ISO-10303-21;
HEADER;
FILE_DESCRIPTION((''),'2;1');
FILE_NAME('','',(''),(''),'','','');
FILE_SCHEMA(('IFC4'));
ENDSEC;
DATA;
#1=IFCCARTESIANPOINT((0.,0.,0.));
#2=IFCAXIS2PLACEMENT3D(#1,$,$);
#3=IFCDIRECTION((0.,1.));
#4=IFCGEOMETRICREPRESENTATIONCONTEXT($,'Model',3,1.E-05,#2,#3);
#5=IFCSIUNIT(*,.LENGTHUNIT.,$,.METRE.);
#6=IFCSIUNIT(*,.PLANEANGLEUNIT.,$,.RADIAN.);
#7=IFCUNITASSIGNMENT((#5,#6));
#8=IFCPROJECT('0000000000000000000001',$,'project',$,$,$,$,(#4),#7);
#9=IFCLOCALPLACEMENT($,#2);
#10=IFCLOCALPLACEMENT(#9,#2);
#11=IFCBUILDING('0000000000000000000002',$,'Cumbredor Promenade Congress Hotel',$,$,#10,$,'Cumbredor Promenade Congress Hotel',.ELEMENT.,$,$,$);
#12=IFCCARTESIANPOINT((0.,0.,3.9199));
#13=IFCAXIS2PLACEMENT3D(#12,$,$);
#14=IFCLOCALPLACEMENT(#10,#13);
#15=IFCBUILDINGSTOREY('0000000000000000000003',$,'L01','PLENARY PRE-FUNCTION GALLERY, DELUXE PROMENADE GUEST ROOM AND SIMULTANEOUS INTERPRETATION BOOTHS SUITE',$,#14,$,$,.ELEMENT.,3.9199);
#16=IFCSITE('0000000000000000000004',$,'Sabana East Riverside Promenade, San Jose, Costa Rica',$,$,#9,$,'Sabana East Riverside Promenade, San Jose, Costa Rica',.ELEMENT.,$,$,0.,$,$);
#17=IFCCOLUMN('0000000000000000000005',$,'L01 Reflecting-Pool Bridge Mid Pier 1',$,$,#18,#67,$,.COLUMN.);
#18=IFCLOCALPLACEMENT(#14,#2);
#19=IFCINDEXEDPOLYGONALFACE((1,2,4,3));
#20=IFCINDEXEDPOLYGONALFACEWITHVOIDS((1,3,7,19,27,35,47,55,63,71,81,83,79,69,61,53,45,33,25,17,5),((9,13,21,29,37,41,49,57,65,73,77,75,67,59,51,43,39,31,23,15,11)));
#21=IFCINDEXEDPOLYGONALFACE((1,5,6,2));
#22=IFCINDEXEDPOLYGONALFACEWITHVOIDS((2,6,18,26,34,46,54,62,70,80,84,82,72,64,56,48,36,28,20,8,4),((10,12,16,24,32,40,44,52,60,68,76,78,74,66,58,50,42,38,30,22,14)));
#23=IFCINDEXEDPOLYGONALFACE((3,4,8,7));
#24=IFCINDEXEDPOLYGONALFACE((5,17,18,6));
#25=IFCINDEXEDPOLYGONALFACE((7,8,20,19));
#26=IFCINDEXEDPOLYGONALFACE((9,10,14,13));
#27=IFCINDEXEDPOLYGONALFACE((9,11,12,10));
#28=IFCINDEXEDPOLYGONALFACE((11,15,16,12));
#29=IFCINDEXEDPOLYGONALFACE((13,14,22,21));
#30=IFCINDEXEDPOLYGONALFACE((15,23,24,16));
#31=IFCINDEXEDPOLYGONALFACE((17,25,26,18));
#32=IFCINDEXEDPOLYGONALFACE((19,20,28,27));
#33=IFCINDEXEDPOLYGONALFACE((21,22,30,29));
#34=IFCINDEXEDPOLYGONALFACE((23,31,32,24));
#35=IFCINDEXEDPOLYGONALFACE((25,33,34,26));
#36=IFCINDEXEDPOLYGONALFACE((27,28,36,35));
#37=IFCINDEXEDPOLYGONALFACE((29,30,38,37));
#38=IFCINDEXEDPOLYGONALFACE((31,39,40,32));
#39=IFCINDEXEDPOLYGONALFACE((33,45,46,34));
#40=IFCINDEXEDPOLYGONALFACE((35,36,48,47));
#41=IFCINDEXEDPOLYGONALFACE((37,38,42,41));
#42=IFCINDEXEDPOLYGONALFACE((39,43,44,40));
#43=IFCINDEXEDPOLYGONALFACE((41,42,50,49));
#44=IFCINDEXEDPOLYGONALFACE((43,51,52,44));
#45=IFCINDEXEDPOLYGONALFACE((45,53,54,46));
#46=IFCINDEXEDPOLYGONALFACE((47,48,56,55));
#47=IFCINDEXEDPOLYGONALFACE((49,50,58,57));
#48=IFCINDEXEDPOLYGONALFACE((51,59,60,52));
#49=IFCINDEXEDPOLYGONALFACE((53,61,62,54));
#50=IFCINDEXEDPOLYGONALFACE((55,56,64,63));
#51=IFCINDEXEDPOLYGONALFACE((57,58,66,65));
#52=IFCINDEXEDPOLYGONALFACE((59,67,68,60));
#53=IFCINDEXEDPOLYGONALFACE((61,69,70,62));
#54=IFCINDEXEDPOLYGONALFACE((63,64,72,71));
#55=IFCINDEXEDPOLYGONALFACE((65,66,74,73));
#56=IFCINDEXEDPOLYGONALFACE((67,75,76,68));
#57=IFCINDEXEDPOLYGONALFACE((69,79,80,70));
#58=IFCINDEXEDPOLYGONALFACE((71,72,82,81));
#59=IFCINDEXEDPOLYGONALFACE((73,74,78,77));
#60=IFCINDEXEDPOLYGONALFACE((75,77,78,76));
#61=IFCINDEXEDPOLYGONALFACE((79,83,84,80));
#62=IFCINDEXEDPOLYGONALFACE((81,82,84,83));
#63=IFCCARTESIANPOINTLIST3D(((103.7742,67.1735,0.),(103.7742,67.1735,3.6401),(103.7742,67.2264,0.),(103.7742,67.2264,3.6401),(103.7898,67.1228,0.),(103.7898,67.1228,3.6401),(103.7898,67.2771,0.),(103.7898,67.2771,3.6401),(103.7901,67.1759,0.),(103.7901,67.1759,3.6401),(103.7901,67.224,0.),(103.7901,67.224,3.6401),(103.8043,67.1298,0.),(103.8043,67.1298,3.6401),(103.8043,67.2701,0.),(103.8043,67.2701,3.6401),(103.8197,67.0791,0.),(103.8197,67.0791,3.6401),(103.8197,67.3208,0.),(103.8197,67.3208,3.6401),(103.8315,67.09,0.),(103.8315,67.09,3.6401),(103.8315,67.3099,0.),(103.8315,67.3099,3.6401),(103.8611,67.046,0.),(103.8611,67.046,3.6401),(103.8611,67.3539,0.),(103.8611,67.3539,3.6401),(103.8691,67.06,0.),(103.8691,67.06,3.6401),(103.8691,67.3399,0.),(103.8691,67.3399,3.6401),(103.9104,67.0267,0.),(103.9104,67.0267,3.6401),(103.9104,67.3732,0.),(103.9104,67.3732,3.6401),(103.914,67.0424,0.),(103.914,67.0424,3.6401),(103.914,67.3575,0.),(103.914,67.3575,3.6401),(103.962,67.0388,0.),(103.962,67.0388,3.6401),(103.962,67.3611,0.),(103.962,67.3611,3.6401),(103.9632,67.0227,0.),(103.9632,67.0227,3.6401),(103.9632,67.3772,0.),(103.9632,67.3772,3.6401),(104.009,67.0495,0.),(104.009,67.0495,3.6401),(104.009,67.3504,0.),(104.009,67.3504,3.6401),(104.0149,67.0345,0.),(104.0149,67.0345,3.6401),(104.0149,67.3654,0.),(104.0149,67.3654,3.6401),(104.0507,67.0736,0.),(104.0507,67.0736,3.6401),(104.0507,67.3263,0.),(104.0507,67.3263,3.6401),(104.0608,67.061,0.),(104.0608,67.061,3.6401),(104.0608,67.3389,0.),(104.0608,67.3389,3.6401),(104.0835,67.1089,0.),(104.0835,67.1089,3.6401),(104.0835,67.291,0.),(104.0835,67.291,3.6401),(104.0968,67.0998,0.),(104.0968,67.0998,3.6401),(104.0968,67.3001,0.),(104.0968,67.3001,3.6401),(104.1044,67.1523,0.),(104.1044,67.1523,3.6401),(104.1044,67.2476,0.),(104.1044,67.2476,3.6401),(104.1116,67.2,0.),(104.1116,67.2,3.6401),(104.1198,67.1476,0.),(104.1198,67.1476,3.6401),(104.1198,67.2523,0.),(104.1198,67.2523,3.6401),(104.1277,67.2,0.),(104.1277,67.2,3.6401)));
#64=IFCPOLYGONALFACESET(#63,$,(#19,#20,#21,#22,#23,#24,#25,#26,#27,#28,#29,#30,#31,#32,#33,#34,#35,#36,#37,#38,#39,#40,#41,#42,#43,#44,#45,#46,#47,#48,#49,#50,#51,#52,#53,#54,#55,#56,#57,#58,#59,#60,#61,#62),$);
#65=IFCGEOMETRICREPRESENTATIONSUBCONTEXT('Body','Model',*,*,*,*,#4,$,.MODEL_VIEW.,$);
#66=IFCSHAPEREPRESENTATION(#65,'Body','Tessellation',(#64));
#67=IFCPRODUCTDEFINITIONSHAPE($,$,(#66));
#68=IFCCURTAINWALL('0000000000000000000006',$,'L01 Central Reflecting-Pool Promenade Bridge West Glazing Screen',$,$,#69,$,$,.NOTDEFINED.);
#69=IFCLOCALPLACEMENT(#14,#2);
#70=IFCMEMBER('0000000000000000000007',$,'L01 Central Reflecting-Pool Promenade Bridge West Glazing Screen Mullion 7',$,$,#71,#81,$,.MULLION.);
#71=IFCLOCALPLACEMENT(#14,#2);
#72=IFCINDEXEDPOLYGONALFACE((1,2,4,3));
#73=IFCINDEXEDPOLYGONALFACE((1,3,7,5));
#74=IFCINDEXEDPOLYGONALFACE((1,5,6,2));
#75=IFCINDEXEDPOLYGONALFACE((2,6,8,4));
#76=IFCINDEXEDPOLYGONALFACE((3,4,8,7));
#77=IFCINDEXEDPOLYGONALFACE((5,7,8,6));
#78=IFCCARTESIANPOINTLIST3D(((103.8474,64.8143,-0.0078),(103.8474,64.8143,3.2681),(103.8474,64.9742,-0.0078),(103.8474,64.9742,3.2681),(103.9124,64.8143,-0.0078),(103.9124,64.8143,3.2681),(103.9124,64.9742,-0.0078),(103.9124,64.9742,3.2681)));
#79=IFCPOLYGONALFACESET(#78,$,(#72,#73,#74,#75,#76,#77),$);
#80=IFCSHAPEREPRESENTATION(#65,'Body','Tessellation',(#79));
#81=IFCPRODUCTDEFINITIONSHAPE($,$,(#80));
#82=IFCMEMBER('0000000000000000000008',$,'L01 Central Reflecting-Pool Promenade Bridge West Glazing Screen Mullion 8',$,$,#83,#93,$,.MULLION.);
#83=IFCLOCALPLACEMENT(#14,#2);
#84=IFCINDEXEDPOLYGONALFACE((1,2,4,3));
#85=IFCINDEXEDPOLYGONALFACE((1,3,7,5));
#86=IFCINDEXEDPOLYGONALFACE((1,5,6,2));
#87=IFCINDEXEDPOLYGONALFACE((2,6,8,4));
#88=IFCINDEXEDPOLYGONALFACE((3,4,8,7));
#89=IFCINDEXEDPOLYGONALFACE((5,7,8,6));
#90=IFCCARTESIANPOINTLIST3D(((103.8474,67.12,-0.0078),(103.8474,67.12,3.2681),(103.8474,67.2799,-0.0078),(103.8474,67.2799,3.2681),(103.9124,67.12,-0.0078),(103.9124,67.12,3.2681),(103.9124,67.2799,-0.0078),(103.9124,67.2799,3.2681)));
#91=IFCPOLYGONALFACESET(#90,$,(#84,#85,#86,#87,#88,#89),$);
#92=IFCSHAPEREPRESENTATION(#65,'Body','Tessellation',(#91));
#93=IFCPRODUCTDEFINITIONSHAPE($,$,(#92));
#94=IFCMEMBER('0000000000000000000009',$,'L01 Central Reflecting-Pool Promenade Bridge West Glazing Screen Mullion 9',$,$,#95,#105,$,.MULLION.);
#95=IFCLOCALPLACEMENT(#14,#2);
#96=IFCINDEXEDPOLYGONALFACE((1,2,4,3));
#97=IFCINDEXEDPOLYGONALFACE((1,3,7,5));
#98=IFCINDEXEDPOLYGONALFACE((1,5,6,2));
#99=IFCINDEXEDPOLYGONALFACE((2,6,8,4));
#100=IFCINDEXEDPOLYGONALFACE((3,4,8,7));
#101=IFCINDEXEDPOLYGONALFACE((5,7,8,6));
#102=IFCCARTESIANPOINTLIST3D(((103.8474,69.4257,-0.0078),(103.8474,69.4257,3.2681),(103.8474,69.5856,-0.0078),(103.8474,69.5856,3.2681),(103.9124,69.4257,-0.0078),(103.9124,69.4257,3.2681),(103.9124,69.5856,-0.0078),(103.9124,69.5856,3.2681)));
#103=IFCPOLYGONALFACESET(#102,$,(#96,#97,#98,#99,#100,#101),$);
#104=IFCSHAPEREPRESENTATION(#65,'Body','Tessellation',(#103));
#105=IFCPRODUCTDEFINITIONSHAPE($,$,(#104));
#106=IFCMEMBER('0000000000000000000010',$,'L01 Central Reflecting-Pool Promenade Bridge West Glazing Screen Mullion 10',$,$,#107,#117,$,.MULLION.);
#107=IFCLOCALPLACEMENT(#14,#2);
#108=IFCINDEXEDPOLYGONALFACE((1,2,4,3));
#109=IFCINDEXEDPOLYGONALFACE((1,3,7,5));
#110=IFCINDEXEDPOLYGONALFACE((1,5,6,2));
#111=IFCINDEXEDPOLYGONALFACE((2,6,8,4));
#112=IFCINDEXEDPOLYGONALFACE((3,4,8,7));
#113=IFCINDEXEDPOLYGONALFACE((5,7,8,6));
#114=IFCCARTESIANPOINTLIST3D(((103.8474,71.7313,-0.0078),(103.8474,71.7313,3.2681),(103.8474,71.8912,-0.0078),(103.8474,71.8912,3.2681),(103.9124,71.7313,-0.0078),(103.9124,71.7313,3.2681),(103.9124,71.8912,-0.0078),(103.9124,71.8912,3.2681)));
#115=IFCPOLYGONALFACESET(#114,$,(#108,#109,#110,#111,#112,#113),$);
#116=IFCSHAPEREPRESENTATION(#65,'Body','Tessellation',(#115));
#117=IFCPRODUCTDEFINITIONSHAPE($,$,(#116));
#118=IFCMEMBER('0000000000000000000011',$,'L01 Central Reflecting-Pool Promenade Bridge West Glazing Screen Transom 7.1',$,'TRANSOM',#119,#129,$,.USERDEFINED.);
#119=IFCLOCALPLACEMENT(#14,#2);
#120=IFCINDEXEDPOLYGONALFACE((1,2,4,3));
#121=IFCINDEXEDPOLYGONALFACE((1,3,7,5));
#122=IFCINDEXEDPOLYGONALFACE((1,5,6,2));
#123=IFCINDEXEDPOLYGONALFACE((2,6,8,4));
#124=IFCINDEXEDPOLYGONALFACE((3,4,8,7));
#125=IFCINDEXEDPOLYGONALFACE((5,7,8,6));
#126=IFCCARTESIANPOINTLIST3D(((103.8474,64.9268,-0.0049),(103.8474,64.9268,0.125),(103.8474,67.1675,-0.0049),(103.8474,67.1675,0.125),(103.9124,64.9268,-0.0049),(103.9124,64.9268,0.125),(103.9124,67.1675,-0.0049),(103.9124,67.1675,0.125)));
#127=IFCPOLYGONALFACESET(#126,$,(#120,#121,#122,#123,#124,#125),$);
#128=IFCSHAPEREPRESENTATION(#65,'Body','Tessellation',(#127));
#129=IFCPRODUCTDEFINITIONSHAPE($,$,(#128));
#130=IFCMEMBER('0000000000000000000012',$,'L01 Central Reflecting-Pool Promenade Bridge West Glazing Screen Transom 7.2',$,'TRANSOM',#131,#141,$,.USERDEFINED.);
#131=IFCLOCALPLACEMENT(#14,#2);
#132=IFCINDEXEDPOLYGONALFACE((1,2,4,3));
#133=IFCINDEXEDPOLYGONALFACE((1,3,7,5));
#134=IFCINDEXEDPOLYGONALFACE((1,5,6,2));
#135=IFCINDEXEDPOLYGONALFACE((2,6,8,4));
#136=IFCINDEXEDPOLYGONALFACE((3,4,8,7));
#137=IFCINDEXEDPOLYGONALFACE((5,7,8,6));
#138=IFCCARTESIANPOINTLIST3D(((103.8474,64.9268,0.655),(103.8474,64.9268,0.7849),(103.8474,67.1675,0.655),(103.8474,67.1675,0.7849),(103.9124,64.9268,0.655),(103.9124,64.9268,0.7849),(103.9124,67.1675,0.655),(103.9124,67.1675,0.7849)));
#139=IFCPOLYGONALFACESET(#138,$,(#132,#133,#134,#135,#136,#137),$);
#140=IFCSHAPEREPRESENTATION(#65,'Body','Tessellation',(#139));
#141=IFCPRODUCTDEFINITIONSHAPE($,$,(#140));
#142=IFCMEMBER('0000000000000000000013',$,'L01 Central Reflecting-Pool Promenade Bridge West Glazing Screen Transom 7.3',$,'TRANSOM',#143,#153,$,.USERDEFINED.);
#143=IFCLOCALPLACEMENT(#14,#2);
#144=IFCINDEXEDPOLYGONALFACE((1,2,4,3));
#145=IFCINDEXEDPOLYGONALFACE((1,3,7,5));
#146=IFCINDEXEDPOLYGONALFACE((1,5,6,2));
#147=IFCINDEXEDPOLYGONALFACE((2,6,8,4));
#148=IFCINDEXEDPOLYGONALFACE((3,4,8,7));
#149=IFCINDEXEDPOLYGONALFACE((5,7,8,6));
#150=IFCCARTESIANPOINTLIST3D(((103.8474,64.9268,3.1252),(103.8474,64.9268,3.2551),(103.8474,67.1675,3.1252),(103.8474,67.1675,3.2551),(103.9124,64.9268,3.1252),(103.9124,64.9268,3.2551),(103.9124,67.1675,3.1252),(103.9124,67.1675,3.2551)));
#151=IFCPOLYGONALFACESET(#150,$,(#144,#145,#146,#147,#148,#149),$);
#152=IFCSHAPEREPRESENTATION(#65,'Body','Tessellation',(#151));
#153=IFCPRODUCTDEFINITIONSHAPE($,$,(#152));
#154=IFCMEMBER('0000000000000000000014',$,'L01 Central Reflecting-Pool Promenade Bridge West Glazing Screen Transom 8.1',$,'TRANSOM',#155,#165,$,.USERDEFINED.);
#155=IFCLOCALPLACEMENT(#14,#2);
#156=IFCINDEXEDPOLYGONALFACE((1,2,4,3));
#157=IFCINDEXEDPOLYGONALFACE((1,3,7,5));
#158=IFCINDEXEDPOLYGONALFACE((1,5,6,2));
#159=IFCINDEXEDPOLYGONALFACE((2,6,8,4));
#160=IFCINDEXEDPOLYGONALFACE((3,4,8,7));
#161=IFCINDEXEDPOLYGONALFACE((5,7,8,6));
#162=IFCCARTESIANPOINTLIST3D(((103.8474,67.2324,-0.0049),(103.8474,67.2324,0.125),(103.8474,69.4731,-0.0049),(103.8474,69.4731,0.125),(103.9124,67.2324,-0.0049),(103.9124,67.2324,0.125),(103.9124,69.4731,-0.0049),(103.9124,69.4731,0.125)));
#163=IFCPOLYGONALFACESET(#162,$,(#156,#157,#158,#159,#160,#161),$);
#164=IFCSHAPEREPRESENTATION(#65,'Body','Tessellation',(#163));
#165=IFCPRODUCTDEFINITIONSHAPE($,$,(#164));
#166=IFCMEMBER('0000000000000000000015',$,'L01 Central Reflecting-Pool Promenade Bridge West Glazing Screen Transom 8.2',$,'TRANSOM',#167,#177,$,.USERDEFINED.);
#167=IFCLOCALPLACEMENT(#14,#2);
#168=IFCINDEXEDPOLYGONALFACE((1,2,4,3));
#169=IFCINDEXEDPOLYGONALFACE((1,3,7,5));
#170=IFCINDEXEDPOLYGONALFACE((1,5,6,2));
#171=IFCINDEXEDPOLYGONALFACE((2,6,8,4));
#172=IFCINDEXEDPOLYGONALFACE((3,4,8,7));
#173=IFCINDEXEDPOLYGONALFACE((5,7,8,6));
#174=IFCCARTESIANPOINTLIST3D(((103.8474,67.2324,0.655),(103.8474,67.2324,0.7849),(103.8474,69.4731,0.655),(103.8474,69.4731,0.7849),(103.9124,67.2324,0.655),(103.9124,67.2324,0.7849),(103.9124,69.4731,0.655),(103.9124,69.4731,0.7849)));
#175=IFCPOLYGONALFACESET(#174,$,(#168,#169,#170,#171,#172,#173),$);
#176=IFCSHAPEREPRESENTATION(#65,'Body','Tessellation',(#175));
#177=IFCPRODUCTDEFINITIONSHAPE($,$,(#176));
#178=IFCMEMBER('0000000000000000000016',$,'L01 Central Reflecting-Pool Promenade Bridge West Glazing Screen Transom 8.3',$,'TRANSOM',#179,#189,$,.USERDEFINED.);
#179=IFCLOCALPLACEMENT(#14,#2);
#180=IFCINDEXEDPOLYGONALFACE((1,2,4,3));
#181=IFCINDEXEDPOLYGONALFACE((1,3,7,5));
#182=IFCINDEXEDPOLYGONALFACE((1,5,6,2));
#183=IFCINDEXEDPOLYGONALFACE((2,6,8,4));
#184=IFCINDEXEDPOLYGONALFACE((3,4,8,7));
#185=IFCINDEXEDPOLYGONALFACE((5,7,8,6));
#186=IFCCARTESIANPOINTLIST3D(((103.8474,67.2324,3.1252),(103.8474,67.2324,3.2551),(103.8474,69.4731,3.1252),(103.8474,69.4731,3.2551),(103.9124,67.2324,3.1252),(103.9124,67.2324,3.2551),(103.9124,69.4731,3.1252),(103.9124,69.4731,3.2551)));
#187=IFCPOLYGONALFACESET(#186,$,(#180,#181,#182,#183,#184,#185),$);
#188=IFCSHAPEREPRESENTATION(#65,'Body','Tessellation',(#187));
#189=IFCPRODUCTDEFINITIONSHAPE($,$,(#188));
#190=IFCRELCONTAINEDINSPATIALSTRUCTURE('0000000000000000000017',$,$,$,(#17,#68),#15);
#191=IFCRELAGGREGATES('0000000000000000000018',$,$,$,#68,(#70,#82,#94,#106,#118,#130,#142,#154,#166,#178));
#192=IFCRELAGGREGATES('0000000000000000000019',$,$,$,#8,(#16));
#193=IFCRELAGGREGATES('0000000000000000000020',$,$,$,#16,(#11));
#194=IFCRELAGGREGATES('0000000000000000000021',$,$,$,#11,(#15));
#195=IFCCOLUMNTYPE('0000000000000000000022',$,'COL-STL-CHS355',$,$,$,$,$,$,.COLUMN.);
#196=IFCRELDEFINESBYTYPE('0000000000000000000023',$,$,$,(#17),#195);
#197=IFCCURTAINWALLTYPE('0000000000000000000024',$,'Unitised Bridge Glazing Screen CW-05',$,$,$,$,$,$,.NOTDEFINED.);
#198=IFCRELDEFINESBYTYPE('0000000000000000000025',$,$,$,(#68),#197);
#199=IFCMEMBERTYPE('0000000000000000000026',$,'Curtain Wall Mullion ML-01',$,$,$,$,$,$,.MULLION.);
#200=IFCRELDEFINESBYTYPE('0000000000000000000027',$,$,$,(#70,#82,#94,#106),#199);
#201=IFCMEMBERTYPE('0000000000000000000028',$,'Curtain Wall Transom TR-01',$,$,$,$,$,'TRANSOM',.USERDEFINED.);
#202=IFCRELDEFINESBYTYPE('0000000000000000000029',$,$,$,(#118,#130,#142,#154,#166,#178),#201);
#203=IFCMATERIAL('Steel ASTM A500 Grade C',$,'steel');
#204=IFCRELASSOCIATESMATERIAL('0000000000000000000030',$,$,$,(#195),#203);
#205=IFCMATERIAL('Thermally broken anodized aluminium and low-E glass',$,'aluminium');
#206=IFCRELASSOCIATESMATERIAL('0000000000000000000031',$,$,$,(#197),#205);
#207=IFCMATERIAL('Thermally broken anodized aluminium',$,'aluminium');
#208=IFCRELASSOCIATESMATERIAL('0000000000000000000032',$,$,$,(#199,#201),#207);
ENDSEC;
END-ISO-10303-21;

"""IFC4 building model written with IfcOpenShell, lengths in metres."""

from ifc_helpers import new_model, si_unit, direction, frame, origin, origin_2d, place, context, subcontext, project, spatial, rectangle, hollow_circle, extrude, material, material_profile, profile_set, type_object, element, aggregate, save


model = new_model("IFC4")

# Units and contexts
model_context = context("Model", 3, precision=1e-05, world=origin(), true_north=direction((0.0, 1.0)))
body_context = subcontext(model_context, "Body", "Model", "MODEL_VIEW")
ifc_project = project(units=[si_unit("LENGTHUNIT", "METRE"), si_unit("PLANEANGLEUNIT", "RADIAN")], contexts=[model_context])

# Site, building, storey
site_placement = place(None, origin())
site = spatial("IfcSite", under=ifc_project, at=site_placement, Name="Sabana East Riverside Promenade, San Jose, Costa Rica", LongName="Sabana East Riverside Promenade, San Jose, Costa Rica", CompositionType="ELEMENT", RefElevation=0.0)
building_placement = place(site_placement, origin())
building = spatial("IfcBuilding", under=site, at=building_placement, Name="Cumbredor Promenade Congress Hotel", LongName="Cumbredor Promenade Congress Hotel", CompositionType="ELEMENT")
storey_placement = place(building_placement, frame((0.0, 0.0, 3.9199)))
storey = spatial("IfcBuildingStorey", under=building, at=storey_placement, Name="L01", Description="PLENARY PRE-FUNCTION GALLERY, DELUXE PROMENADE GUEST ROOM AND SIMULTANEOUS INTERPRETATION BOOTHS SUITE", CompositionType="ELEMENT", Elevation=3.9199)

# Column
ifc_material_1 = material(Name="Steel ASTM A500 Grade C", Category="steel")
ifc_material_profile_1 = material_profile(ifc_material_1, hollow_circle(Radius=0.1777, WallThickness=0.0161, at=origin_2d()), Name="CHS 355.6x16")
ifc_profile_set_1 = profile_set([ifc_material_profile_1], Name="Steel ASTM A500 Grade C")
column_type = type_object("IfcColumnType", Name="COL-STL-CHS355", PredefinedType="COLUMN", material=ifc_profile_set_1)
column_placement = place(storey_placement, frame((103.95, 67.2, 0.0), z_axis=(0.0, 0.0, 1.0), x_axis=(1.0, 0.0, 0.0)))
element("IfcColumn", 1, at=column_placement, inside=storey, type_object=column_type, Name="L01 Reflecting-Pool Bridge Mid Pier 1", PredefinedType="COLUMN", context=body_context, shape_type="SweptSolid", body=[
    extrude(hollow_circle(Radius=0.1777, WallThickness=0.0161, at=origin_2d()), origin(), (0.0, 0.0, 1.0), 3.6401),
])

# Curtain wall, members
ifc_material_2 = material(Name="Thermally broken anodized aluminium and low-E glass", Category="aluminium")
curtain_wall_type = type_object("IfcCurtainWallType", Name="Unitised Bridge Glazing Screen CW-05", PredefinedType="NOTDEFINED", material=ifc_material_2)
curtain_wall_placement = place(storey_placement, origin())
curtain_wall = element("IfcCurtainWall", 2, at=curtain_wall_placement, inside=storey, type_object=curtain_wall_type, Name="L01 Central Reflecting-Pool Promenade Bridge West Glazing Screen", PredefinedType="NOTDEFINED")
ifc_material_3 = material(Name="Thermally broken anodized aluminium", Category="aluminium")
ifc_material_profile_2 = material_profile(ifc_material_3, rectangle(XDim=0.0649, YDim=0.1599, at=origin_2d()), Name="ALU MULLION 65x160")
ifc_profile_set_2 = profile_set([ifc_material_profile_2], Name="Thermally broken anodized aluminium")
member_type_1 = type_object("IfcMemberType", Name="Curtain Wall Mullion ML-01", PredefinedType="MULLION", material=ifc_profile_set_2)
member_1_placement = place(storey_placement, frame((103.8799, 64.8943, -0.0078), z_axis=(0.0, 0.0, 1.0), x_axis=(1.0, 0.0, 0.0)))
member_1 = element("IfcMember", 3, at=member_1_placement, type_object=member_type_1, Name="L01 Central Reflecting-Pool Promenade Bridge West Glazing Screen Mullion 7", PredefinedType="MULLION", context=body_context, shape_type="SweptSolid", body=[
    extrude(rectangle(XDim=0.0649, YDim=0.1599, at=origin_2d()), origin(), (0.0, 0.0, 1.0), 3.2759),
])
member_2_placement = place(storey_placement, frame((103.8799, 67.2, -0.0078), z_axis=(0.0, 0.0, 1.0), x_axis=(1.0, 0.0, 0.0)))
member_2 = element("IfcMember", 4, at=member_2_placement, type_object=member_type_1, Name="L01 Central Reflecting-Pool Promenade Bridge West Glazing Screen Mullion 8", PredefinedType="MULLION", context=body_context, shape_type="SweptSolid", body=[
    extrude(rectangle(XDim=0.0649, YDim=0.1599, at=origin_2d()), origin(), (0.0, 0.0, 1.0), 3.2759),
])
member_3_placement = place(storey_placement, frame((103.8799, 69.5056, -0.0078), z_axis=(0.0, 0.0, 1.0), x_axis=(1.0, 0.0, 0.0)))
member_3 = element("IfcMember", 5, at=member_3_placement, type_object=member_type_1, Name="L01 Central Reflecting-Pool Promenade Bridge West Glazing Screen Mullion 9", PredefinedType="MULLION", context=body_context, shape_type="SweptSolid", body=[
    extrude(rectangle(XDim=0.0649, YDim=0.1599, at=origin_2d()), origin(), (0.0, 0.0, 1.0), 3.2759),
])
member_4_placement = place(storey_placement, frame((103.8799, 71.8113, -0.0078), z_axis=(0.0, 0.0, 1.0), x_axis=(1.0, 0.0, 0.0)))
member_4 = element("IfcMember", 6, at=member_4_placement, type_object=member_type_1, Name="L01 Central Reflecting-Pool Promenade Bridge West Glazing Screen Mullion 10", PredefinedType="MULLION", context=body_context, shape_type="SweptSolid", body=[
    extrude(rectangle(XDim=0.0649, YDim=0.1599, at=origin_2d()), origin(), (0.0, 0.0, 1.0), 3.2759),
])
ifc_material_profile_3 = material_profile(ifc_material_3, rectangle(XDim=0.0649, YDim=0.1299, at=origin_2d()), Name="ALU TRANSOM 65x130")
ifc_profile_set_3 = profile_set([ifc_material_profile_3], Name="Thermally broken anodized aluminium")
member_type_2 = type_object("IfcMemberType", Name="Curtain Wall Transom TR-01", ElementType="TRANSOM", PredefinedType="USERDEFINED", material=ifc_profile_set_3)
member_5_placement = place(storey_placement, frame((103.8799, 64.9268, 0.0601), z_axis=(0.0, 1.0, 0.0), x_axis=(-1.0, 0.0, 0.0)))
member_5 = element("IfcMember", 7, at=member_5_placement, type_object=member_type_2, Name="L01 Central Reflecting-Pool Promenade Bridge West Glazing Screen Transom 7.1", ObjectType="TRANSOM", PredefinedType="USERDEFINED", context=body_context, shape_type="SweptSolid", body=[
    extrude(rectangle(XDim=0.0649, YDim=0.1299, at=origin_2d()), origin(), (0.0, 0.0, 1.0), 2.2407),
])
member_6_placement = place(storey_placement, frame((103.8799, 64.9268, 0.72), z_axis=(0.0, 1.0, 0.0), x_axis=(-1.0, 0.0, 0.0)))
member_6 = element("IfcMember", 8, at=member_6_placement, type_object=member_type_2, Name="L01 Central Reflecting-Pool Promenade Bridge West Glazing Screen Transom 7.2", ObjectType="TRANSOM", PredefinedType="USERDEFINED", context=body_context, shape_type="SweptSolid", body=[
    extrude(rectangle(XDim=0.0649, YDim=0.1299, at=origin_2d()), origin(), (0.0, 0.0, 1.0), 2.2407),
])
member_7_placement = place(storey_placement, frame((103.8799, 64.9268, 3.1902), z_axis=(0.0, 1.0, 0.0), x_axis=(-1.0, 0.0, 0.0)))
member_7 = element("IfcMember", 9, at=member_7_placement, type_object=member_type_2, Name="L01 Central Reflecting-Pool Promenade Bridge West Glazing Screen Transom 7.3", ObjectType="TRANSOM", PredefinedType="USERDEFINED", context=body_context, shape_type="SweptSolid", body=[
    extrude(rectangle(XDim=0.0649, YDim=0.1299, at=origin_2d()), origin(), (0.0, 0.0, 1.0), 2.2407),
])
member_8_placement = place(storey_placement, frame((103.8799, 67.2324, 0.0601), z_axis=(0.0, 1.0, 0.0), x_axis=(-1.0, 0.0, 0.0)))
member_8 = element("IfcMember", 10, at=member_8_placement, type_object=member_type_2, Name="L01 Central Reflecting-Pool Promenade Bridge West Glazing Screen Transom 8.1", ObjectType="TRANSOM", PredefinedType="USERDEFINED", context=body_context, shape_type="SweptSolid", body=[
    extrude(rectangle(XDim=0.0649, YDim=0.1299, at=origin_2d()), origin(), (0.0, 0.0, 1.0), 2.2407),
])
member_9_placement = place(storey_placement, frame((103.8799, 67.2324, 0.72), z_axis=(0.0, 1.0, 0.0), x_axis=(-1.0, 0.0, 0.0)))
member_9 = element("IfcMember", 11, at=member_9_placement, type_object=member_type_2, Name="L01 Central Reflecting-Pool Promenade Bridge West Glazing Screen Transom 8.2", ObjectType="TRANSOM", PredefinedType="USERDEFINED", context=body_context, shape_type="SweptSolid", body=[
    extrude(rectangle(XDim=0.0649, YDim=0.1299, at=origin_2d()), origin(), (0.0, 0.0, 1.0), 2.2407),
])
member_10_placement = place(storey_placement, frame((103.8799, 67.2324, 3.1902), z_axis=(0.0, 1.0, 0.0), x_axis=(-1.0, 0.0, 0.0)))
member_10 = element("IfcMember", 12, at=member_10_placement, type_object=member_type_2, Name="L01 Central Reflecting-Pool Promenade Bridge West Glazing Screen Transom 8.3", ObjectType="TRANSOM", PredefinedType="USERDEFINED", context=body_context, shape_type="SweptSolid", body=[
    extrude(rectangle(XDim=0.0649, YDim=0.1299, at=origin_2d()), origin(), (0.0, 0.0, 1.0), 2.2407),
])

aggregate(curtain_wall, [member_1, member_2, member_3, member_4, member_5, member_6, member_7, member_8, member_9, member_10])

save(model, "model.ifc")
